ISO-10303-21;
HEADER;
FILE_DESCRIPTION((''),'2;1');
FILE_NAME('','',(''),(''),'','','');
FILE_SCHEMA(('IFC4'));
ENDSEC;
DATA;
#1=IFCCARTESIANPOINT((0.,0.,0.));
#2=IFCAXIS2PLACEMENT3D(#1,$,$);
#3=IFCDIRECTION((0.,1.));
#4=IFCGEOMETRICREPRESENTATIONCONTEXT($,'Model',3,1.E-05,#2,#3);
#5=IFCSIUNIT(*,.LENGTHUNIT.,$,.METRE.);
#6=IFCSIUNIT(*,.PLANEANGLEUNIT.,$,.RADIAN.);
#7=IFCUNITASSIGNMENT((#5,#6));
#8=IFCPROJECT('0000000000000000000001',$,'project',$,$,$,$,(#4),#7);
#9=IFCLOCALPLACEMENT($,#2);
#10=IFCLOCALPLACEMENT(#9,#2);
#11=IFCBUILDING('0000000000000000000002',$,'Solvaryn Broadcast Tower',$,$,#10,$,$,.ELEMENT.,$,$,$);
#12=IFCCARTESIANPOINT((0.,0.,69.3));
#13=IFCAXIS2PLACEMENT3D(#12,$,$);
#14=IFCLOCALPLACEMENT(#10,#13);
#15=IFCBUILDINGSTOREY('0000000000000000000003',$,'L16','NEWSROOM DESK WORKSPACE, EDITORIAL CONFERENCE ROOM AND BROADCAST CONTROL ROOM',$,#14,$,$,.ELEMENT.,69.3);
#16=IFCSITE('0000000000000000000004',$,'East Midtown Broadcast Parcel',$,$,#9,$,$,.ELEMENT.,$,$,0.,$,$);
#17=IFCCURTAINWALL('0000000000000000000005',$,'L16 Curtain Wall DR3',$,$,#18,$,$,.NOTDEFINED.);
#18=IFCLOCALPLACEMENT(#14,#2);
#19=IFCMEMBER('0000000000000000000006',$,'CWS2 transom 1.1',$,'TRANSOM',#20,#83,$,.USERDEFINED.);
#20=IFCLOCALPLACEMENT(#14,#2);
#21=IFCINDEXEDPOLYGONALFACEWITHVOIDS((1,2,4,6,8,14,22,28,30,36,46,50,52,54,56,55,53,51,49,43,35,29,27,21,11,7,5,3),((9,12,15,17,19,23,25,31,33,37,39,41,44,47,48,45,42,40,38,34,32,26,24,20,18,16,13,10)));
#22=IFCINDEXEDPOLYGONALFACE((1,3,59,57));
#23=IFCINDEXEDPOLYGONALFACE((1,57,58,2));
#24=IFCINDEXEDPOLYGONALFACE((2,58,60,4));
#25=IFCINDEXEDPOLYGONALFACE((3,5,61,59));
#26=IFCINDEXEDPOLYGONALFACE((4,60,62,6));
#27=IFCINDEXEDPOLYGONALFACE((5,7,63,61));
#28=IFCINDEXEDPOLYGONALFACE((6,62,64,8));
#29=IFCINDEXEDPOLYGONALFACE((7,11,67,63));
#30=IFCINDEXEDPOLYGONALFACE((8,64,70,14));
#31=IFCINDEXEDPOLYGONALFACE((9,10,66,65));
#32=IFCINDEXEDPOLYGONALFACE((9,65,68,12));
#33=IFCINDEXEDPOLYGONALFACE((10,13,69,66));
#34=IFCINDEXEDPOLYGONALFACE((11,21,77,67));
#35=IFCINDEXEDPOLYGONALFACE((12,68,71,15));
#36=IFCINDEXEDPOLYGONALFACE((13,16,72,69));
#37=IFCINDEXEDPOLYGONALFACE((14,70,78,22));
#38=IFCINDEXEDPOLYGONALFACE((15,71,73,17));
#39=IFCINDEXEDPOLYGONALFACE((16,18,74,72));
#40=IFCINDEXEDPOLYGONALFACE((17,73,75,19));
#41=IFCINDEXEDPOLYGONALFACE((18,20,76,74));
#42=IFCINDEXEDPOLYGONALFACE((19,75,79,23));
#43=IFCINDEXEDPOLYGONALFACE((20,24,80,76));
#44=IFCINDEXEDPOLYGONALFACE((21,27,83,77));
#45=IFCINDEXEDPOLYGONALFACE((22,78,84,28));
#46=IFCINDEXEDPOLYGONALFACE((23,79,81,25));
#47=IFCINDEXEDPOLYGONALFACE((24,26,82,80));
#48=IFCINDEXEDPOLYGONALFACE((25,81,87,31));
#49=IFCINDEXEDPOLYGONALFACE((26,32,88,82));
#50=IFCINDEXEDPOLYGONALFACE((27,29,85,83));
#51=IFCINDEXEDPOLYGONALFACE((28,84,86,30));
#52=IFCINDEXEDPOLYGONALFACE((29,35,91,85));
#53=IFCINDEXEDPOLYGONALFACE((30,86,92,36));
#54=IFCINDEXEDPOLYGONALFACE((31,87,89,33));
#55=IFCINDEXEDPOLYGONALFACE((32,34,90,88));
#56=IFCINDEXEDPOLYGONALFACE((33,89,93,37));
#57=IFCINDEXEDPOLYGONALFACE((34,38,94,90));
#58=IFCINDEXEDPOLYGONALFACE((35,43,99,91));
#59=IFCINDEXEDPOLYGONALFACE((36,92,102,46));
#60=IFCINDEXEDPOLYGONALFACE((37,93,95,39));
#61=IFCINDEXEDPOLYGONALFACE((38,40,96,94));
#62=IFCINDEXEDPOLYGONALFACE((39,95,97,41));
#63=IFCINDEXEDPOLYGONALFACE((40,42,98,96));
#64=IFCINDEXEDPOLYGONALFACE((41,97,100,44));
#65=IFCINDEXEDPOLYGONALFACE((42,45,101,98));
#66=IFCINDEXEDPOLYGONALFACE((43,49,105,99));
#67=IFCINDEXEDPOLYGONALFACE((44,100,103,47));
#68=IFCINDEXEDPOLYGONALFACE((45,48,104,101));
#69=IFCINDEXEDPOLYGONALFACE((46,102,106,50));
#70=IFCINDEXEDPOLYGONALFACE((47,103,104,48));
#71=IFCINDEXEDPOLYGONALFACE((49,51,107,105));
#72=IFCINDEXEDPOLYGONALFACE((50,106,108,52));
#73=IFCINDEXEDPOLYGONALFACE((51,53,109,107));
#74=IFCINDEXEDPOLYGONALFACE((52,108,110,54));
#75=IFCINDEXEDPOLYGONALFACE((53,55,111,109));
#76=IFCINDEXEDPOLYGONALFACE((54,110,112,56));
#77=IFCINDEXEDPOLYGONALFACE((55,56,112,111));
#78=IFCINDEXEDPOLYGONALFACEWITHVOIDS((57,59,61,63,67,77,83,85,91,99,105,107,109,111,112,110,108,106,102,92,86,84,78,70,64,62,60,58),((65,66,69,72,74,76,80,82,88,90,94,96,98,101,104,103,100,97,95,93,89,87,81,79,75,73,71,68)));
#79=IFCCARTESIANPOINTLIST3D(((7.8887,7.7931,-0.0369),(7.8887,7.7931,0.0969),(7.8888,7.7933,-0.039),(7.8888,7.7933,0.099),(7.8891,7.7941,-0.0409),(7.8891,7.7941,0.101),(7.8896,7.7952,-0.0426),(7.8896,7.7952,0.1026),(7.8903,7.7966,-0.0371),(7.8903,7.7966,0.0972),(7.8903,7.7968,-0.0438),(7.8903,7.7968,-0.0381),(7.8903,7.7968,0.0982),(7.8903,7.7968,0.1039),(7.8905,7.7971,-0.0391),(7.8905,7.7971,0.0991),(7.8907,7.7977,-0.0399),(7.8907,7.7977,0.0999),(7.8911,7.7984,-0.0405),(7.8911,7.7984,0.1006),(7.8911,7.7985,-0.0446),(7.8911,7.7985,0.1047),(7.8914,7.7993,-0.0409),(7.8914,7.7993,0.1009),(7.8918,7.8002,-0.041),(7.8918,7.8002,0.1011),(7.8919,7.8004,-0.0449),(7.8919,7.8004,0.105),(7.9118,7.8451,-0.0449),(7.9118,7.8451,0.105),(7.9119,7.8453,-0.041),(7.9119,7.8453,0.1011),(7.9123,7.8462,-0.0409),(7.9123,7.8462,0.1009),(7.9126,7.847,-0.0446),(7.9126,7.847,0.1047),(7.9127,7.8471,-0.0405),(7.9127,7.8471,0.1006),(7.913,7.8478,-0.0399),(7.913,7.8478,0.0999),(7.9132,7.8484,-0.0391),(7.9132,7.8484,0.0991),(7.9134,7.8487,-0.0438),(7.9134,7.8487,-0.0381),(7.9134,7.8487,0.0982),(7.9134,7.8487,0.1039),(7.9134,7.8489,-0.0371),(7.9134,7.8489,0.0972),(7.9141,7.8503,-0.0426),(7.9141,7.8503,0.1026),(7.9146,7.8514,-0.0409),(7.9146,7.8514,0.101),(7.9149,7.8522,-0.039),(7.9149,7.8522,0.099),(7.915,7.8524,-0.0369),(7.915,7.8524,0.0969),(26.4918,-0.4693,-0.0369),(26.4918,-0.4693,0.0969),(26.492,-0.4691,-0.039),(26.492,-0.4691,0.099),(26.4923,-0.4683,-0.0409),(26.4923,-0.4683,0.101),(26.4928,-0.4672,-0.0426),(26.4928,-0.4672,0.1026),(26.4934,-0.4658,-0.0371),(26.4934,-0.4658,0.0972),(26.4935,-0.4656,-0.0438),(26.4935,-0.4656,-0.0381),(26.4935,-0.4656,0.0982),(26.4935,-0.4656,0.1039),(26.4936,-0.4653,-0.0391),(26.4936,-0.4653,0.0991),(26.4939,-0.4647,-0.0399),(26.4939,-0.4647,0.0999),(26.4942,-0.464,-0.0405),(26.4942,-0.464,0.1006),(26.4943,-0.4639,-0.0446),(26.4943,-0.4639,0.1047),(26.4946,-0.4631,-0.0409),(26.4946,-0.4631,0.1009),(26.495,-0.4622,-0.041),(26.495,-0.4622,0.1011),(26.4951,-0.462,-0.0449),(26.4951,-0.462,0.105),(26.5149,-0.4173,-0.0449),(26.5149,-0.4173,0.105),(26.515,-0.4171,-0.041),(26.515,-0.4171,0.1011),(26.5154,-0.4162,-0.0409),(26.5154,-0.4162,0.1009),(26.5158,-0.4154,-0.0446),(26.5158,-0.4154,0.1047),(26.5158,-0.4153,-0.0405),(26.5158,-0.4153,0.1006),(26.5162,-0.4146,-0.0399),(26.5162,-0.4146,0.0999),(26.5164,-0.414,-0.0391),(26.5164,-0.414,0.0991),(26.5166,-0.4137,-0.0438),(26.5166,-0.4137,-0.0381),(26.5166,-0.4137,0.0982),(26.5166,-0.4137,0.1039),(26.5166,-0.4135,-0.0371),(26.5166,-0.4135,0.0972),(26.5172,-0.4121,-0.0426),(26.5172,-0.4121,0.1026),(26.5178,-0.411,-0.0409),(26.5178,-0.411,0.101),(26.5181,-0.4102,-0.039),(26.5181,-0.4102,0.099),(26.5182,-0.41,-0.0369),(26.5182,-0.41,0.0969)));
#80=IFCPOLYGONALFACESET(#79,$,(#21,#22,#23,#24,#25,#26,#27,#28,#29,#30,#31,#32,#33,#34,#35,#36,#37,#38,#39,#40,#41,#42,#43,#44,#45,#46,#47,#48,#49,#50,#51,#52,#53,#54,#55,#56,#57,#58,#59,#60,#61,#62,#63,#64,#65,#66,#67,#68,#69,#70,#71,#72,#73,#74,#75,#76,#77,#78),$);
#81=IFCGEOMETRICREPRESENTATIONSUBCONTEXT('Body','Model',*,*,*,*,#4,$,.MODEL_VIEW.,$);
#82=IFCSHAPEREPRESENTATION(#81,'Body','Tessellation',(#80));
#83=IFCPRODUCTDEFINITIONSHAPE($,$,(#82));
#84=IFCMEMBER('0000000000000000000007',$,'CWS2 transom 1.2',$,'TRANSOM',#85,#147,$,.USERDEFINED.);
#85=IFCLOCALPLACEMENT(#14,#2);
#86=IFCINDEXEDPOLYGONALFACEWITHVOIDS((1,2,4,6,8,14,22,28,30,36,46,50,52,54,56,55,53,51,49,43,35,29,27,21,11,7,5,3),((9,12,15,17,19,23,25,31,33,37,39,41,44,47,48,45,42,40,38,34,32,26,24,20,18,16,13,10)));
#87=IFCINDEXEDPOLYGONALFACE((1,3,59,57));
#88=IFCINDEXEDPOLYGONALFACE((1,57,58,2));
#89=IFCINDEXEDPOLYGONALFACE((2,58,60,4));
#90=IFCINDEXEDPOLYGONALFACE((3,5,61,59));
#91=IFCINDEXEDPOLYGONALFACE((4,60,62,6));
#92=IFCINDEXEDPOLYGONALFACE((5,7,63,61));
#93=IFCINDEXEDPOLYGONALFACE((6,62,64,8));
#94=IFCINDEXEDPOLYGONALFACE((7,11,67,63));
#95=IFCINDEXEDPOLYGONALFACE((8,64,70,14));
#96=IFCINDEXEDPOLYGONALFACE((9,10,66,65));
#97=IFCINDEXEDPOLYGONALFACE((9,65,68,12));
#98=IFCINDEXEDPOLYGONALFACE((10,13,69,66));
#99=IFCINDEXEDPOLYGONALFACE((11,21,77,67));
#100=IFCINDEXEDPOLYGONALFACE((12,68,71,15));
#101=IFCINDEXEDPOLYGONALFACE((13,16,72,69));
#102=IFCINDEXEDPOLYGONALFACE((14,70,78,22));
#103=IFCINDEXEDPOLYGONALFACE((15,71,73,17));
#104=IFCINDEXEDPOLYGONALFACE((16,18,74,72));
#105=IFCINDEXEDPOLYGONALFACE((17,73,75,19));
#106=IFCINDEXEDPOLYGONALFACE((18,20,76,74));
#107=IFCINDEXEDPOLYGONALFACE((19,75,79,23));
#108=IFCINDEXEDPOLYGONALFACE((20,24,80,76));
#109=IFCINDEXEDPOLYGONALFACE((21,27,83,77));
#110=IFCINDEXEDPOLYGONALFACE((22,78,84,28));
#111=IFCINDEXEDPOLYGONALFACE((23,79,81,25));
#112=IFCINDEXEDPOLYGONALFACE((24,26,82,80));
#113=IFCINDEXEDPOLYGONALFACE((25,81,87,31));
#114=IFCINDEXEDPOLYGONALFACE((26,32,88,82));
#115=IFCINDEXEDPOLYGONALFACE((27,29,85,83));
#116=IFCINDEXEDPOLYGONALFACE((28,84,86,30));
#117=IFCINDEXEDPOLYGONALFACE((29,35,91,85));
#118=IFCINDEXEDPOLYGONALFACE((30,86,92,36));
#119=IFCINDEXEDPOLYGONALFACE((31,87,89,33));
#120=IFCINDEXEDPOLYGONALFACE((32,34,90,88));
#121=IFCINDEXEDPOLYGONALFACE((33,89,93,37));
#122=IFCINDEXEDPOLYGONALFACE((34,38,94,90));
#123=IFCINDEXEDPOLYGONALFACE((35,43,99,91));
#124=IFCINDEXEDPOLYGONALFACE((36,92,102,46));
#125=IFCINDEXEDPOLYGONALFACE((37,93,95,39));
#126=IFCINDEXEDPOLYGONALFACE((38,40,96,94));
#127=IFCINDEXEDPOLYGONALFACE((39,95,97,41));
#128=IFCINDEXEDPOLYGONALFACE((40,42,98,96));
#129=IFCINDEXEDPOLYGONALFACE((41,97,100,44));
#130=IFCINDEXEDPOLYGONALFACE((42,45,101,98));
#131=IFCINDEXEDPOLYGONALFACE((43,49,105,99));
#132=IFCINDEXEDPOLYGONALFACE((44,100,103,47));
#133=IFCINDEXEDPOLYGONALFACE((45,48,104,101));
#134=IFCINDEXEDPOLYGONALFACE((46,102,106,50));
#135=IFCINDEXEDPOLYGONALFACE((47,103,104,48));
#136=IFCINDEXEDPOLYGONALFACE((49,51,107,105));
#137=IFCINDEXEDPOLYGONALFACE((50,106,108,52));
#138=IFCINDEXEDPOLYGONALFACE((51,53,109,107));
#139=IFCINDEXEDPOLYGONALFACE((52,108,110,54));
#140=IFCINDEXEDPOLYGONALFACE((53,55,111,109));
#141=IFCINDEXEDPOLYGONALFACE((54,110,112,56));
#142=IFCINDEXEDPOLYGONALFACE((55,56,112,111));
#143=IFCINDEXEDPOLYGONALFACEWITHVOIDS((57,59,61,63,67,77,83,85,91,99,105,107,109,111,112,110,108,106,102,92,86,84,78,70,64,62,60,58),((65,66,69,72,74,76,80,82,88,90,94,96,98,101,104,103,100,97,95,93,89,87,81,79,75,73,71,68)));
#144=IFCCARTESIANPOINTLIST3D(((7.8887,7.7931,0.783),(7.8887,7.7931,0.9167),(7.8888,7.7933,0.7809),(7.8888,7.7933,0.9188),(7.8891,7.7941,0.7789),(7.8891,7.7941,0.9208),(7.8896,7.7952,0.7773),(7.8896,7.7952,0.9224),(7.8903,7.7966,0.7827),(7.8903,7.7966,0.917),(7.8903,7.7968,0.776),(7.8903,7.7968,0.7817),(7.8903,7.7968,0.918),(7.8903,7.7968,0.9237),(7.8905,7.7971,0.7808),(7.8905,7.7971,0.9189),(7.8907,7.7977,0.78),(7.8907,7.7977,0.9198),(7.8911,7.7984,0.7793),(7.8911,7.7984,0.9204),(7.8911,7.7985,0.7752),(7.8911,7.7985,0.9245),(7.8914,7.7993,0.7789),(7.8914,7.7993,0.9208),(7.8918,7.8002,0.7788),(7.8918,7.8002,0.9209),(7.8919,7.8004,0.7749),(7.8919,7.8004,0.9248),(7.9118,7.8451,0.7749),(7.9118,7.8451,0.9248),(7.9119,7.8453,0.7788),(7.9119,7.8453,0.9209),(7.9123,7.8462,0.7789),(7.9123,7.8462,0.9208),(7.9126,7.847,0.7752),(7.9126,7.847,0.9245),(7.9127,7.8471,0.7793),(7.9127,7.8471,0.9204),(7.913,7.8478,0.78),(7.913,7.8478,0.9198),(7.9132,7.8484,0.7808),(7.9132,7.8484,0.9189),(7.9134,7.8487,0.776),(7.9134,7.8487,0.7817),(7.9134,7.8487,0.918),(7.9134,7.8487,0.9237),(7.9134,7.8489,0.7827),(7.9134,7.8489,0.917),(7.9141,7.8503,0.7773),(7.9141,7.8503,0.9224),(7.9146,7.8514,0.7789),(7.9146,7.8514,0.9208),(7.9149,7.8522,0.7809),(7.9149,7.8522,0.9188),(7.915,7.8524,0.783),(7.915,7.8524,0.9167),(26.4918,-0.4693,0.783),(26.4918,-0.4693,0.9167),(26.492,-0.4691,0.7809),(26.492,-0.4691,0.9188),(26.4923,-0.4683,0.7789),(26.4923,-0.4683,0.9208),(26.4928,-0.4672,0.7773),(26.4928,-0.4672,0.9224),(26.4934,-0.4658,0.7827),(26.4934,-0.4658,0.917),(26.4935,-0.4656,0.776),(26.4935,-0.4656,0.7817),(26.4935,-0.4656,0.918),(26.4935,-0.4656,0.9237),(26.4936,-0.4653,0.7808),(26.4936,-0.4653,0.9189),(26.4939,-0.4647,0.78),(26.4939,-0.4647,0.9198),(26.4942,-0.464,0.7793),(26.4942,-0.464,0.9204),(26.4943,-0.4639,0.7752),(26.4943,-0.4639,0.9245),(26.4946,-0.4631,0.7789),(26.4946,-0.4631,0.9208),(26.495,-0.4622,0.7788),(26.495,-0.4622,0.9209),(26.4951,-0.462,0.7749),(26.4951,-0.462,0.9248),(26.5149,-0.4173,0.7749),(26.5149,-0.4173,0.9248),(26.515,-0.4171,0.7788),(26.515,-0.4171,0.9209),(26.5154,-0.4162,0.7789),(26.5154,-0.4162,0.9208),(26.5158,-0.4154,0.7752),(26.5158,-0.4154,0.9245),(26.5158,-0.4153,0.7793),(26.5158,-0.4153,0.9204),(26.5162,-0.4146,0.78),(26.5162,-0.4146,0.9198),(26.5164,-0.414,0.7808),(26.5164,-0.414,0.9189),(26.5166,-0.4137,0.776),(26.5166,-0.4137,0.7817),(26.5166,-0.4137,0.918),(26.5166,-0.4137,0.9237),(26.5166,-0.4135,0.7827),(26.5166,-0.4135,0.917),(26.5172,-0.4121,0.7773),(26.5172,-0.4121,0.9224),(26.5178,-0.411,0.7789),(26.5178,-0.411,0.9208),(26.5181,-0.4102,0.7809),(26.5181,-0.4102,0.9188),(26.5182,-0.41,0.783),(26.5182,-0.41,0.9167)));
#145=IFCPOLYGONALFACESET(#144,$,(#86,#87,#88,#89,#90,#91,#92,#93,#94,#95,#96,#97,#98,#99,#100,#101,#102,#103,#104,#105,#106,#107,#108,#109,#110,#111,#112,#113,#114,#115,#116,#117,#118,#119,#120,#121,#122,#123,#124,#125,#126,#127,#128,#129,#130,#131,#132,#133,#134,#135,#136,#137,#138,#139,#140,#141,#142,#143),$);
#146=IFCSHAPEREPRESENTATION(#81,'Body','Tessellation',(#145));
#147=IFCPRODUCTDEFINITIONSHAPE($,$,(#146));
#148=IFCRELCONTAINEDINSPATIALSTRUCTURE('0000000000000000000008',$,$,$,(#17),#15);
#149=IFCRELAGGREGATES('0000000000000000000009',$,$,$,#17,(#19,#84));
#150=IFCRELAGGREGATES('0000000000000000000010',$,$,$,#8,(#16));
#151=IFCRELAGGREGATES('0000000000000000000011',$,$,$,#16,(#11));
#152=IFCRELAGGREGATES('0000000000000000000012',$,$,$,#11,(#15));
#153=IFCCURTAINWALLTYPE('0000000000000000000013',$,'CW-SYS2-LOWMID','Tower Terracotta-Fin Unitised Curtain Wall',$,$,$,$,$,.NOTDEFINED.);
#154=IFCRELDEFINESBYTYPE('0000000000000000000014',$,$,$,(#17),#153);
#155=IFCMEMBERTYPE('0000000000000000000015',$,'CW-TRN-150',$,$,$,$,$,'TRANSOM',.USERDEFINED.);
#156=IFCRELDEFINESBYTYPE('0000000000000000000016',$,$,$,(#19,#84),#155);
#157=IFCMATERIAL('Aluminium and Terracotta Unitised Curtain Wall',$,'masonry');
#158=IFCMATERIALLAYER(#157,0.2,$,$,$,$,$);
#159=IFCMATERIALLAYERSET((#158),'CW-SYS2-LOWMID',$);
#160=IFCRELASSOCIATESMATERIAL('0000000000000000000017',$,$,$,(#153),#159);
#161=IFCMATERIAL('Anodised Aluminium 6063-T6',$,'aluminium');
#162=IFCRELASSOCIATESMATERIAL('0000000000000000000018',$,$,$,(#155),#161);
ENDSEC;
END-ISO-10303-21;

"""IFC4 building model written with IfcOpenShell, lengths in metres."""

from ifc_helpers import new_model, si_unit, direction, frame, origin, origin_2d, place, context, subcontext, project, spatial, hollow_rectangle, extrude, material, layer, layer_set, material_profile, profile_set, type_object, element, aggregate, save


model = new_model("IFC4")

# Units and contexts
model_context = context("Model", 3, precision=1e-05, world=origin(), true_north=direction((0.0, 1.0)))
body_context = subcontext(model_context, "Body", "Model", "MODEL_VIEW")
ifc_project = project(units=[si_unit("LENGTHUNIT", "METRE"), si_unit("PLANEANGLEUNIT", "RADIAN")], contexts=[model_context])

# Site, building, storey
site_placement = place(None, origin())
site = spatial("IfcSite", under=ifc_project, at=site_placement, Name="East Midtown Broadcast Parcel", CompositionType="ELEMENT", RefElevation=0.0)
building_placement = place(site_placement, origin())
building = spatial("IfcBuilding", under=site, at=building_placement, Name="Solvaryn Broadcast Tower", CompositionType="ELEMENT")
storey_placement = place(building_placement, frame((0.0, 0.0, 69.3)))
storey = spatial("IfcBuildingStorey", under=building, at=storey_placement, Name="L16", Description="NEWSROOM DESK WORKSPACE, EDITORIAL CONFERENCE ROOM AND BROADCAST CONTROL ROOM", CompositionType="ELEMENT", Elevation=69.3)

# Curtain wall, members
ifc_material_1 = material(Name="Aluminium and Terracotta Unitised Curtain Wall", Category="masonry")
ifc_layer_1 = layer(ifc_material_1, 0.2)
ifc_layer_set_1 = layer_set([ifc_layer_1], Name="CW-SYS2-LOWMID")
curtain_wall_type_1 = type_object("IfcCurtainWallType", Name="CW-SYS2-LOWMID", Description="Tower Terracotta-Fin Unitised Curtain Wall", PredefinedType="NOTDEFINED", material=ifc_layer_set_1)
curtain_wall_1_placement = place(storey_placement, origin())
curtain_wall_1 = element("IfcCurtainWall", 1, at=curtain_wall_1_placement, inside=storey, type_object=curtain_wall_type_1, Name="L16 Curtain Wall DR3", PredefinedType="NOTDEFINED")
ifc_material_2 = material(Name="Anodised Aluminium 6063-T6", Category="aluminium")
ifc_material_profile_1 = material_profile(ifc_material_2, hollow_rectangle(XDim=0.0649, YDim=0.1499, WallThickness=0.0039, InnerFilletRadius=0.0039, OuterFilletRadius=0.0081, at=origin_2d()))
ifc_profile_set_1 = profile_set([ifc_material_profile_1], Name="Anodised Aluminium 6063-T6")
member_type_1 = type_object("IfcMemberType", Name="CW-TRN-150", ElementType="TRANSOM", PredefinedType="USERDEFINED", material=ifc_profile_set_1)
member_1_placement = place(storey_placement, frame((7.9019, 7.8228, 0.03), z_axis=(0.913915, -0.405906, 0.0), x_axis=(0.405906, 0.913915, 0.0)))
member_1 = element("IfcMember", 2, at=member_1_placement, type_object=member_type_1, Name="CWS2 transom 1.1", ObjectType="TRANSOM", PredefinedType="USERDEFINED", context=body_context, shape_type="SweptSolid", body=[
    extrude(hollow_rectangle(XDim=0.0649, YDim=0.1499, WallThickness=0.0039, InnerFilletRadius=0.0039, OuterFilletRadius=0.0081, at=origin_2d()), origin(), (0.0, 0.0, 1.0), 20.3555),
])
member_2_placement = place(storey_placement, frame((7.9019, 7.8228, 0.8499), z_axis=(0.913915, -0.405906, 0.0), x_axis=(0.405906, 0.913915, 0.0)))
member_2 = element("IfcMember", 3, at=member_2_placement, type_object=member_type_1, Name="CWS2 transom 1.2", ObjectType="TRANSOM", PredefinedType="USERDEFINED", context=body_context, shape_type="SweptSolid", body=[
    extrude(hollow_rectangle(XDim=0.0649, YDim=0.1499, WallThickness=0.0039, InnerFilletRadius=0.0039, OuterFilletRadius=0.0081, at=origin_2d()), origin(), (0.0, 0.0, 1.0), 20.3555),
])
aggregate(curtain_wall_1, [member_1, member_2])

save(model, "model.ifc")
